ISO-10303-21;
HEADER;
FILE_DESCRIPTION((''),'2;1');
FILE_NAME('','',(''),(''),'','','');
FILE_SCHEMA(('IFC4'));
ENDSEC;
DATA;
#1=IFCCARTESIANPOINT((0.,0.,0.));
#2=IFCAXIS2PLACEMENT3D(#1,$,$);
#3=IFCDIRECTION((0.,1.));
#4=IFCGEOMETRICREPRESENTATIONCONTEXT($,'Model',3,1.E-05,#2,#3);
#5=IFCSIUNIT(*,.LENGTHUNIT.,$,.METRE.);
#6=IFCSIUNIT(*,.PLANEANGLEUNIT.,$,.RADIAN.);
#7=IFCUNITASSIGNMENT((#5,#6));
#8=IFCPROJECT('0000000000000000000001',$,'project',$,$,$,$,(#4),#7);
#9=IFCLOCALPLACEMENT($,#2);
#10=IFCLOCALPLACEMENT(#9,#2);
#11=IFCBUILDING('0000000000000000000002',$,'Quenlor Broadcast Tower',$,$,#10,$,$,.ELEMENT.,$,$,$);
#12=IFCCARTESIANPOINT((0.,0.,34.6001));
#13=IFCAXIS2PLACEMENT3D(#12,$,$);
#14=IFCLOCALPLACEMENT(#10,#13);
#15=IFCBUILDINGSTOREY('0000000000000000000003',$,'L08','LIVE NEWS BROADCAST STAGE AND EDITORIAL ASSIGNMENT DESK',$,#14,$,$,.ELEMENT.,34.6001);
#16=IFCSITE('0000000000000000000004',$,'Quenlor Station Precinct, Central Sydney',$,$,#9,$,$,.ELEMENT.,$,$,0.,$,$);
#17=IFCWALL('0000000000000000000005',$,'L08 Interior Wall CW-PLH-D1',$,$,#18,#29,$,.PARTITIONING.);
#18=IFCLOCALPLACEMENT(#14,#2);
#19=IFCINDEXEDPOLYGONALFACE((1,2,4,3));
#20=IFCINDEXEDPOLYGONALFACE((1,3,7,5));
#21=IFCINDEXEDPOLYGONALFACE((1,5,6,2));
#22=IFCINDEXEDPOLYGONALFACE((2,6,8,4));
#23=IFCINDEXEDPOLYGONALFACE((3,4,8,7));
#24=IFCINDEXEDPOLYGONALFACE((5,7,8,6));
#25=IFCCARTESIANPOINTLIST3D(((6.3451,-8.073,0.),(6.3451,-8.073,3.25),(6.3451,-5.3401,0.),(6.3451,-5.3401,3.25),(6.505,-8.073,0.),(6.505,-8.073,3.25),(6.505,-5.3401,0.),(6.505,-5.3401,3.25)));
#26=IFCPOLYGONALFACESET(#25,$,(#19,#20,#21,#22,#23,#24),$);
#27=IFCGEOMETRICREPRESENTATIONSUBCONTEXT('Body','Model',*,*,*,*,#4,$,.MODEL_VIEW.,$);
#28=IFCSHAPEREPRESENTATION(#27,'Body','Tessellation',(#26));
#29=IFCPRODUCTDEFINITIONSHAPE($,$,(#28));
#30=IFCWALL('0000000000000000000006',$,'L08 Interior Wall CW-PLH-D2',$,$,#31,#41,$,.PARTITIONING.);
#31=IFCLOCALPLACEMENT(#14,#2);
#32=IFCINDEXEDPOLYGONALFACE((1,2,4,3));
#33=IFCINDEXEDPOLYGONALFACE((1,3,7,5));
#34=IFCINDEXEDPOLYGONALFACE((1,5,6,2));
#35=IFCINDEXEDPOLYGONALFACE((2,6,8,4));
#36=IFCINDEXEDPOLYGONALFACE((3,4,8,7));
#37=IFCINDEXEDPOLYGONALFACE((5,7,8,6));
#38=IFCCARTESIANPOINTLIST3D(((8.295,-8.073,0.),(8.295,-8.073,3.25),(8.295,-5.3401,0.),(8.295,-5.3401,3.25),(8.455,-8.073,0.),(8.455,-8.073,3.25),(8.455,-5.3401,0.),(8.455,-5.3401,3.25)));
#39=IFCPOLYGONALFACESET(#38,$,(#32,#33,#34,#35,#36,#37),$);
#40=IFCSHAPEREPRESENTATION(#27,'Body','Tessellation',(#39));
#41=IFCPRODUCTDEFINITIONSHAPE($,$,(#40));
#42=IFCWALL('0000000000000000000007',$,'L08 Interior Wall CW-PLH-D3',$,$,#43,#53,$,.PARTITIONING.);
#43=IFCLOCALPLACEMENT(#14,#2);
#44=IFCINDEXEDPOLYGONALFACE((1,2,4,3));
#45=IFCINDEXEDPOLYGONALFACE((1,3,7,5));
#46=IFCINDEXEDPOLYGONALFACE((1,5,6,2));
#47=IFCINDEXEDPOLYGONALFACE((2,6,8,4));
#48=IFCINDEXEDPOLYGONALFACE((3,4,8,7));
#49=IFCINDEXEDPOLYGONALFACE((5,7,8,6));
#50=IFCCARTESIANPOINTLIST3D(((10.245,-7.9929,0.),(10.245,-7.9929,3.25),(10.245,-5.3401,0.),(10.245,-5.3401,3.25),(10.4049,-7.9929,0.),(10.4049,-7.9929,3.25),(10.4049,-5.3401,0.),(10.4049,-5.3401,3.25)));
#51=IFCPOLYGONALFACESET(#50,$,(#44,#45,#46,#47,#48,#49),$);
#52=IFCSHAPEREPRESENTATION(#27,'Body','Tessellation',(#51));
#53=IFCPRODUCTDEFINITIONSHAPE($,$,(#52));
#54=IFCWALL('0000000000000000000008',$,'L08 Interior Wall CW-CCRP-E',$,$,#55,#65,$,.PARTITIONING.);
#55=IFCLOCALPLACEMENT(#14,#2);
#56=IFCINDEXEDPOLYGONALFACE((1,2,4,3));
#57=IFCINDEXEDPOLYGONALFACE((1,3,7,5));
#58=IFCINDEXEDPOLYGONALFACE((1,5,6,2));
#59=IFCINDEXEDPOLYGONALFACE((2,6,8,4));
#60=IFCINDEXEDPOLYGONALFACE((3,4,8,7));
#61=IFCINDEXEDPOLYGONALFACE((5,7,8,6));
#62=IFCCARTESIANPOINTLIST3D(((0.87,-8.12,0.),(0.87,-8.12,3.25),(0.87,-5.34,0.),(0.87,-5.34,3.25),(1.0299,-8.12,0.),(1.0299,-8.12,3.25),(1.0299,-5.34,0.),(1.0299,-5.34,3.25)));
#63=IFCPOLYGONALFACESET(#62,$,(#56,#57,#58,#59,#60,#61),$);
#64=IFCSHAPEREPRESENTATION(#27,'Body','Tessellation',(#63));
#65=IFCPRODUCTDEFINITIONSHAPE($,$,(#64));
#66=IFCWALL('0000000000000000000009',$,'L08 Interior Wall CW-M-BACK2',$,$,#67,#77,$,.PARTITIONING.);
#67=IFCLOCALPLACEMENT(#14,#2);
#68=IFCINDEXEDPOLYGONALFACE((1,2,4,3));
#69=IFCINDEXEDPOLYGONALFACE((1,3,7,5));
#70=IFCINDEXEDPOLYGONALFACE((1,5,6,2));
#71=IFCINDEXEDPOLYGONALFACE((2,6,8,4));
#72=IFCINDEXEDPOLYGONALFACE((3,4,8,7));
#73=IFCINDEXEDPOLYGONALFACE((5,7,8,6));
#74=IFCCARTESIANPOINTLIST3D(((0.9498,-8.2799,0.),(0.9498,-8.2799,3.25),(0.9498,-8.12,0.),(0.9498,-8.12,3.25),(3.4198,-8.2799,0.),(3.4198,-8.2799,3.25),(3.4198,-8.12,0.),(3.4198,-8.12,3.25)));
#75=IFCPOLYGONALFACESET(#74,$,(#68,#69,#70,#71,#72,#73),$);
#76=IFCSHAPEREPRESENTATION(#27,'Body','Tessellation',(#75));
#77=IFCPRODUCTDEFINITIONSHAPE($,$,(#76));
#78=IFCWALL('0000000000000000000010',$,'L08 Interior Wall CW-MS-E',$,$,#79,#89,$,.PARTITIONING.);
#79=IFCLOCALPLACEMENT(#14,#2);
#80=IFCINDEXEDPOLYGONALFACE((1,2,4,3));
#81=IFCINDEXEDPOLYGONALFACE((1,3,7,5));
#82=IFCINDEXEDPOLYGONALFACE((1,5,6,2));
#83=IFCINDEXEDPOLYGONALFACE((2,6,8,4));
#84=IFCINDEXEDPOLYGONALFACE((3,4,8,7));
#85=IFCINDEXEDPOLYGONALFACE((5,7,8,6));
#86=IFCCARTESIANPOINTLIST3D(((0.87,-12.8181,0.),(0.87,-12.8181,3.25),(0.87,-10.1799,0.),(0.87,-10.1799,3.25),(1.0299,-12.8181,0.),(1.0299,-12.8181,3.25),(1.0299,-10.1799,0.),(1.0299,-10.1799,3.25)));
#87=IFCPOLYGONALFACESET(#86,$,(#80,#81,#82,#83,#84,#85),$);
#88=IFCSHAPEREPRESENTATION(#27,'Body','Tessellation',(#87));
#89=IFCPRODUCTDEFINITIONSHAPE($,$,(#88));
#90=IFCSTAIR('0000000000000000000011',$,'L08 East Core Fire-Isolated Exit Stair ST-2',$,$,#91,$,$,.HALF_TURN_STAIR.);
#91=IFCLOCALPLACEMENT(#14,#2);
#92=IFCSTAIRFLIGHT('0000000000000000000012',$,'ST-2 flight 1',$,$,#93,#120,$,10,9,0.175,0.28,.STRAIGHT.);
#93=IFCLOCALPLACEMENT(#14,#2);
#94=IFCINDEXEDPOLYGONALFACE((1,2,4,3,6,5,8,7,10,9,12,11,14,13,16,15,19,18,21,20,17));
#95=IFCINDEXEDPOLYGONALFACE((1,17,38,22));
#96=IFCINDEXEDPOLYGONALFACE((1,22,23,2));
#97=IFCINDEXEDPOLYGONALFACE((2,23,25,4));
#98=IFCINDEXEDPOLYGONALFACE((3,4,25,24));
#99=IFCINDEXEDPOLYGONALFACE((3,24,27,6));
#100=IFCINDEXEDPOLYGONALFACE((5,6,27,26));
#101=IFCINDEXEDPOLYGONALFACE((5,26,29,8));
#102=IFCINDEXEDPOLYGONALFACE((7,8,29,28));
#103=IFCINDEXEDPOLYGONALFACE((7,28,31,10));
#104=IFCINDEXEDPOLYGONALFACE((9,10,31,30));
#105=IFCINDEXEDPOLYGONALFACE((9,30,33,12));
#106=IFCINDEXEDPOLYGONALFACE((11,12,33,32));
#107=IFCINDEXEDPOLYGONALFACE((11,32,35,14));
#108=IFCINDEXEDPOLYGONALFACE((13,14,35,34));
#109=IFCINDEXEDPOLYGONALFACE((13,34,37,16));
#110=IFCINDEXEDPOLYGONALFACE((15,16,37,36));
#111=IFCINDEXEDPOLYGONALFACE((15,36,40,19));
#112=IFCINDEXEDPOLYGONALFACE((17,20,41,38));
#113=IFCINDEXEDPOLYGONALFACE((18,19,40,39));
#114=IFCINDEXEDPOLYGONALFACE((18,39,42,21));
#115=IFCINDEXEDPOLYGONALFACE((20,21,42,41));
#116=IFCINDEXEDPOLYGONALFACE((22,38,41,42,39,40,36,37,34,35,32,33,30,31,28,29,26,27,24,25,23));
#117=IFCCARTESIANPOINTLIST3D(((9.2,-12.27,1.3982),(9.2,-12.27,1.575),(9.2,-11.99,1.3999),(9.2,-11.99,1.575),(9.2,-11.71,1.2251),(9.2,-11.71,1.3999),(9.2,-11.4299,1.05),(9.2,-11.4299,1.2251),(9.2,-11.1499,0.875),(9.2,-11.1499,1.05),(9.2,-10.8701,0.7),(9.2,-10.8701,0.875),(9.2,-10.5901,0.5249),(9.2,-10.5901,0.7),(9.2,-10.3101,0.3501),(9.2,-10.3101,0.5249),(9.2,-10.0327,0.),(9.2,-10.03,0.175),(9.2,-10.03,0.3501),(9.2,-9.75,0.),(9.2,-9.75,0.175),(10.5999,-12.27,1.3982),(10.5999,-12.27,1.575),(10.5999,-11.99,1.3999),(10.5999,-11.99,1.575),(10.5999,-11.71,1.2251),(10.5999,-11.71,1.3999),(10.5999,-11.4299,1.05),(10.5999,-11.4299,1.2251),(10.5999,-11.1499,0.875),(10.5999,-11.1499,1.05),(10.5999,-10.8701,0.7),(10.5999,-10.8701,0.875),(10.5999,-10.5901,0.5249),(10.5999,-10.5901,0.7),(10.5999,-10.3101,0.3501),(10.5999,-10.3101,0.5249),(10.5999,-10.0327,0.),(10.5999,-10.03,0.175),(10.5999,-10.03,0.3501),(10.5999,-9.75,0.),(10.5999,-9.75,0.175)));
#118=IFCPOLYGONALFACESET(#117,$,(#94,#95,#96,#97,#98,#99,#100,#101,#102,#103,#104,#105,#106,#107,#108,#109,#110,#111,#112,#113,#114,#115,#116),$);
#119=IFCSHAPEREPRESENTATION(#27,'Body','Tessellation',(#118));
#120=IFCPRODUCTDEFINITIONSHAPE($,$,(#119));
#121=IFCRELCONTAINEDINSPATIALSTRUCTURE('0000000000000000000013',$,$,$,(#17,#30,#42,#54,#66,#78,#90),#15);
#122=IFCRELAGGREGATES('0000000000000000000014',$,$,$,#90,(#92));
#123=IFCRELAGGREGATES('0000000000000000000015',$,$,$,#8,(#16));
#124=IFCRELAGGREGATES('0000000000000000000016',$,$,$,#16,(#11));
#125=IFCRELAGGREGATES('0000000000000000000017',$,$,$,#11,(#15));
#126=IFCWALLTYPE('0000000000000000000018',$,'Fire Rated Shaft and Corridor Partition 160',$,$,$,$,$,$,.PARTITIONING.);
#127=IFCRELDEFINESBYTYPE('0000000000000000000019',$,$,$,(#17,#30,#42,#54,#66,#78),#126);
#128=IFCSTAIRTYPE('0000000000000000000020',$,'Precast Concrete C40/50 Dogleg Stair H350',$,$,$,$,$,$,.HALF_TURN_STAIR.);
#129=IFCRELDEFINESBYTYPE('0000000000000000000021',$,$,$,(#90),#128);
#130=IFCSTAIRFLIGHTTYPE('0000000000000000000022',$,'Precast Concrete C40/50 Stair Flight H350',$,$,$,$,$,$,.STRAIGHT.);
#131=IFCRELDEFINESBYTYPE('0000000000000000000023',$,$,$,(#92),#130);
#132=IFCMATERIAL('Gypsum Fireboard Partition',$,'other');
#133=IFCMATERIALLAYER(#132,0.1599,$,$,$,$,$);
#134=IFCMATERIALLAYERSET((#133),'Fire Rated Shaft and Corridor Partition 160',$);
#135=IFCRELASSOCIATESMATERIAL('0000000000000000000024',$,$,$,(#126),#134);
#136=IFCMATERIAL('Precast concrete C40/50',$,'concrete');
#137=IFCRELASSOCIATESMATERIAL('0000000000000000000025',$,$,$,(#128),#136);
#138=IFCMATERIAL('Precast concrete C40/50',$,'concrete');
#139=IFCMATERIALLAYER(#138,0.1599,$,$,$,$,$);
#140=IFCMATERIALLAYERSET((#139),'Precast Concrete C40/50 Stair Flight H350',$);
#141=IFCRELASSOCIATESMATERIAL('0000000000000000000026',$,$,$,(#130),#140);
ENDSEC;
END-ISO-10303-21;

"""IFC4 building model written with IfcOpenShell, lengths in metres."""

from ifc_helpers import new_model, si_unit, direction, frame, frame_2d, origin, place, context, subcontext, project, spatial, polyline, rectangle, outline, extrude, material, layer, layer_set, type_object, element, aggregate, save


model = new_model("IFC4")

# Units and contexts
model_context = context("Model", 3, precision=1e-05, world=origin(), true_north=direction((0.0, 1.0)))
body_context = subcontext(model_context, "Body", "Model", "MODEL_VIEW")
ifc_project = project(units=[si_unit("LENGTHUNIT", "METRE"), si_unit("PLANEANGLEUNIT", "RADIAN")], contexts=[model_context])

# Site, building, storey
site_placement = place(None, origin())
site = spatial("IfcSite", under=ifc_project, at=site_placement, Name="Quenlor Station Precinct, Central Sydney", CompositionType="ELEMENT", RefElevation=0.0)
building_placement = place(site_placement, origin())
building = spatial("IfcBuilding", under=site, at=building_placement, Name="Quenlor Broadcast Tower", CompositionType="ELEMENT")
storey_placement = place(building_placement, frame((0.0, 0.0, 34.6001)))
storey = spatial("IfcBuildingStorey", under=building, at=storey_placement, Name="L08", Description="LIVE NEWS BROADCAST STAGE AND EDITORIAL ASSIGNMENT DESK", CompositionType="ELEMENT", Elevation=34.6001)

# Walls
ifc_material_1 = material(Name="Gypsum Fireboard Partition", Category="other")
ifc_layer_1 = layer(ifc_material_1, 0.1599)
ifc_layer_set_1 = layer_set([ifc_layer_1], Name="Fire Rated Shaft and Corridor Partition 160")
wall_type_1 = type_object("IfcWallType", Name="Fire Rated Shaft and Corridor Partition 160", PredefinedType="PARTITIONING", material=ifc_layer_set_1)
for number, where, z_axis, x_axis, name in (
    (1, (6.425, -8.073, 0.0), (0.0, 0.0, 1.0), (0.0, 1.0, 0.0), "L08 Interior Wall CW-PLH-D1"),
    (2, (8.375, -8.073, 0.0), (0.0, 0.0, 1.0), (0.0, 1.0, 0.0), "L08 Interior Wall CW-PLH-D2"),
):
    element("IfcWall", number, at=place(storey_placement, frame(where, z_axis=z_axis, x_axis=x_axis)), inside=storey, type_object=wall_type_1, Name=name, PredefinedType="PARTITIONING", context=body_context, shape_type="SweptSolid", body=[
        extrude(rectangle(XDim=2.7329, YDim=0.1599, at=frame_2d((1.3665, 0.0))), origin(), (0.0, 0.0, 1.0), 3.25),
    ])
wall_1_placement = place(storey_placement, frame((10.325, -7.9929, 0.0), z_axis=(0.0, 0.0, 1.0), x_axis=(0.0, 1.0, 0.0)))
element("IfcWall", 3, at=wall_1_placement, inside=storey, type_object=wall_type_1, Name="L08 Interior Wall CW-PLH-D3", PredefinedType="PARTITIONING", context=body_context, shape_type="SweptSolid", body=[
    extrude(rectangle(XDim=2.6528, YDim=0.1599, at=frame_2d((1.3264, 0.0))), origin(), (0.0, 0.0, 1.0), 3.25),
])
wall_2_placement = place(storey_placement, frame((0.95, -8.1201, 0.0), z_axis=(0.0, 0.0, 1.0), x_axis=(0.0, 1.0, 0.0)))
element("IfcWall", 4, at=wall_2_placement, inside=storey, type_object=wall_type_1, Name="L08 Interior Wall CW-CCRP-E", PredefinedType="PARTITIONING", context=body_context, shape_type="SweptSolid", body=[
    extrude(rectangle(XDim=2.78, YDim=0.1599, at=frame_2d((1.3901, 0.0))), origin(), (0.0, 0.0, 1.0), 3.25),
])
wall_3_placement = place(storey_placement, frame((0.95, -8.2, 0.0), z_axis=(0.0, 0.0, 1.0), x_axis=(1.0, 0.0, 0.0)))
element("IfcWall", 5, at=wall_3_placement, inside=storey, type_object=wall_type_1, Name="L08 Interior Wall CW-M-BACK2", PredefinedType="PARTITIONING", context=body_context, shape_type="SweptSolid", body=[
    extrude(rectangle(XDim=2.47, YDim=0.1599, at=frame_2d((1.2349, 0.0))), origin(), (0.0, 0.0, 1.0), 3.25),
])
wall_4_placement = place(storey_placement, frame((0.95, -12.8181, 0.0), z_axis=(0.0, 0.0, 1.0), x_axis=(0.0, 1.0, 0.0)))
element("IfcWall", 6, at=wall_4_placement, inside=storey, type_object=wall_type_1, Name="L08 Interior Wall CW-MS-E", PredefinedType="PARTITIONING", context=body_context, shape_type="SweptSolid", body=[
    extrude(rectangle(XDim=2.6382, YDim=0.1599, at=frame_2d((1.3191, 0.0))), origin(), (0.0, 0.0, 1.0), 3.25),
])

# Stair, stair flight
ifc_material_2 = material(Name="Precast concrete C40/50", Category="concrete")
stair_type = type_object("IfcStairType", Name="Precast Concrete C40/50 Dogleg Stair H350", PredefinedType="HALF_TURN_STAIR", material=ifc_material_2)
stair_placement = place(storey_placement, origin())
stair = element("IfcStair", 7, at=stair_placement, inside=storey, type_object=stair_type, Name="L08 East Core Fire-Isolated Exit Stair ST-2", PredefinedType="HALF_TURN_STAIR")
ifc_material_3 = material(Name="Precast concrete C40/50", Category="concrete")
ifc_layer_2 = layer(ifc_material_3, 0.1599)
ifc_layer_set_2 = layer_set([ifc_layer_2], Name="Precast Concrete C40/50 Stair Flight H350")
stair_flight_type = type_object("IfcStairFlightType", Name="Precast Concrete C40/50 Stair Flight H350", PredefinedType="STRAIGHT", material=ifc_layer_set_2)
stair_flight_placement = place(storey_placement, frame((9.8999, -9.75, 0.0), z_axis=(0.0, 0.0, 1.0), x_axis=(0.0, -1.0, 0.0)))
stair_flight = element("IfcStairFlight", 8, at=stair_flight_placement, type_object=stair_flight_type, Name="ST-2 flight 1", NumberOfRisers=10, NumberOfTreads=9, PredefinedType="STRAIGHT", RiserHeight=0.175, TreadLength=0.28, context=body_context, shape_type="SweptSolid", body=[
    extrude(outline(polyline([(0.0, 0.0), (0.0, 0.175), (0.28, 0.175), (0.28, 0.3501), (0.5601, 0.3501), (0.5601, 0.5249), (0.8401, 0.5249), (0.8401, 0.7), (1.1201, 0.7), (1.1201, 0.875), (1.3999, 0.875), (1.3999, 1.05), (1.6799, 1.05), (1.6799, 1.2251), (1.96, 1.2251), (1.96, 1.3999), (2.24, 1.3999), (2.24, 1.575), (2.52, 1.575), (2.52, 1.75), (2.52, 1.3982), (0.2827, 0.0), (0.0, 0.0)])), frame((0.0, 0.7, 0.0), z_axis=(0.0, -1.0, 0.0), x_axis=(1.0, 0.0, 0.0)), (0.0, 0.0, 1.0), 1.3999),
])
aggregate(stair, [stair_flight])

save(model, "model.ifc")
